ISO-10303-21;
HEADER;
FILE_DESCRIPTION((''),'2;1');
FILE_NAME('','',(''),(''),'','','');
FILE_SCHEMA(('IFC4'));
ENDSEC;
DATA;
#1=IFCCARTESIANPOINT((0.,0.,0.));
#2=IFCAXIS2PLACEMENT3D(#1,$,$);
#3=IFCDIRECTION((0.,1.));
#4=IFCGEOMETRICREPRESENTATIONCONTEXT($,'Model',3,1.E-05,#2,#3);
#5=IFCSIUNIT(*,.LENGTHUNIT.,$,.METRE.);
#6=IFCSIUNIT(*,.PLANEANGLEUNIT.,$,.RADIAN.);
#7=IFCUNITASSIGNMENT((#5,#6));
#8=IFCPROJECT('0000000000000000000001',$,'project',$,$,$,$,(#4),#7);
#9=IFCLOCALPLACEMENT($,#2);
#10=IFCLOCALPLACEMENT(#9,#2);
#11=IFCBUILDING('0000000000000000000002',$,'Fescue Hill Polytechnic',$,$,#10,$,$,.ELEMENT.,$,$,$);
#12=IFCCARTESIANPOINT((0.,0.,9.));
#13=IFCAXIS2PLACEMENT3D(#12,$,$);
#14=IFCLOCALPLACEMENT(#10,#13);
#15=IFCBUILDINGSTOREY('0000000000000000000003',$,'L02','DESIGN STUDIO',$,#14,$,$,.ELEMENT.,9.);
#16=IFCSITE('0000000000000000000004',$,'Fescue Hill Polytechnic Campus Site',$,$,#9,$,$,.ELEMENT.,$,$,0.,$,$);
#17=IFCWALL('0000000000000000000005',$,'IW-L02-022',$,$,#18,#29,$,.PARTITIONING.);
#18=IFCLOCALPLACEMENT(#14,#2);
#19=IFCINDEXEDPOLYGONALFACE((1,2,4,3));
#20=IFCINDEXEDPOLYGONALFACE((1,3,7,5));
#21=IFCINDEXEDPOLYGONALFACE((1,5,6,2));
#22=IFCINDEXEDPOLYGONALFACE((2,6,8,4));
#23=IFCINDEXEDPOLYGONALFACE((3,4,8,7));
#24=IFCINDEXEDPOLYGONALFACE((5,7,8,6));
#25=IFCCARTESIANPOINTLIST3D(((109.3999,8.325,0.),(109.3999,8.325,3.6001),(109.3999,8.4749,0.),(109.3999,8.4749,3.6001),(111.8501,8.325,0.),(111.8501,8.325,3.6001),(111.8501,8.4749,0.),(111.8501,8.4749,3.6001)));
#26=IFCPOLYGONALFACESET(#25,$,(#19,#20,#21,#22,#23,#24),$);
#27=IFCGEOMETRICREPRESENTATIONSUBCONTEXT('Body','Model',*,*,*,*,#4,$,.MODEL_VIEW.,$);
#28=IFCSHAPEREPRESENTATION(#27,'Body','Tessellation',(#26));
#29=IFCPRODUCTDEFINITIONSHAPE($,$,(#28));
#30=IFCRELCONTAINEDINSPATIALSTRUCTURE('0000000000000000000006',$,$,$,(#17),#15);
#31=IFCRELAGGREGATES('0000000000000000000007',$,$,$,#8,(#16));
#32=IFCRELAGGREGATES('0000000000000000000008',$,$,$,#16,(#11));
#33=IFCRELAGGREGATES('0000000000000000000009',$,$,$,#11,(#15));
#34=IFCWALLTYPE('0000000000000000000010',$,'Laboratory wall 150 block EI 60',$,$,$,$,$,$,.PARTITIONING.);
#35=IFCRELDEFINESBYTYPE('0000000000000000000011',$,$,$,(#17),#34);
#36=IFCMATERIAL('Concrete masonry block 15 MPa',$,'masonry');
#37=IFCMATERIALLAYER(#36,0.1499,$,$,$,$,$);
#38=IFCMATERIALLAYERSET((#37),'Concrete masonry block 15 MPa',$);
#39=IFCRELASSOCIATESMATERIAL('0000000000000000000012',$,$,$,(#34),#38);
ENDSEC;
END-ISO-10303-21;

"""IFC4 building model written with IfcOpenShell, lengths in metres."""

from ifc_helpers import new_model, si_unit, direction, frame, frame_2d, origin, place, context, subcontext, project, spatial, rectangle, extrude, material, layer, layer_set, type_object, element, save


model = new_model("IFC4")

# Units and contexts
model_context = context("Model", 3, precision=1e-05, world=origin(), true_north=direction((0.0, 1.0)))
body_context = subcontext(model_context, "Body", "Model", "MODEL_VIEW")
ifc_project = project(units=[si_unit("LENGTHUNIT", "METRE"), si_unit("PLANEANGLEUNIT", "RADIAN")], contexts=[model_context])

# Site, building, storey
site_placement = place(None, origin())
site = spatial("IfcSite", under=ifc_project, at=site_placement, Name="Fescue Hill Polytechnic Campus Site", CompositionType="ELEMENT", RefElevation=0.0)
building_placement = place(site_placement, origin())
building = spatial("IfcBuilding", under=site, at=building_placement, Name="Fescue Hill Polytechnic", CompositionType="ELEMENT")
storey_placement = place(building_placement, frame((0.0, 0.0, 9.0)))
storey = spatial("IfcBuildingStorey", under=building, at=storey_placement, Name="L02", Description="DESIGN STUDIO", CompositionType="ELEMENT", Elevation=9.0)

# Wall
ifc_material_1 = material(Name="Concrete masonry block 15 MPa", Category="masonry")
ifc_layer_1 = layer(ifc_material_1, 0.1499)
ifc_layer_set_1 = layer_set([ifc_layer_1], Name="Concrete masonry block 15 MPa")
wall_type_1 = type_object("IfcWallType", Name="Laboratory wall 150 block EI 60", PredefinedType="PARTITIONING", material=ifc_layer_set_1)
wall_1_placement = place(storey_placement, frame((109.3999, 8.3999, 0.0), z_axis=(0.0, 0.0, 1.0), x_axis=(1.0, 0.0, 0.0)))
element("IfcWall", 1, at=wall_1_placement, inside=storey, type_object=wall_type_1, Name="IW-L02-022", PredefinedType="PARTITIONING", context=body_context, shape_type="SweptSolid", body=[
    extrude(rectangle(XDim=2.4502, YDim=0.1499, at=frame_2d((1.2251, 0.0))), origin(), (0.0, 0.0, 1.0), 3.6001),
])

save(model, "model.ifc")
